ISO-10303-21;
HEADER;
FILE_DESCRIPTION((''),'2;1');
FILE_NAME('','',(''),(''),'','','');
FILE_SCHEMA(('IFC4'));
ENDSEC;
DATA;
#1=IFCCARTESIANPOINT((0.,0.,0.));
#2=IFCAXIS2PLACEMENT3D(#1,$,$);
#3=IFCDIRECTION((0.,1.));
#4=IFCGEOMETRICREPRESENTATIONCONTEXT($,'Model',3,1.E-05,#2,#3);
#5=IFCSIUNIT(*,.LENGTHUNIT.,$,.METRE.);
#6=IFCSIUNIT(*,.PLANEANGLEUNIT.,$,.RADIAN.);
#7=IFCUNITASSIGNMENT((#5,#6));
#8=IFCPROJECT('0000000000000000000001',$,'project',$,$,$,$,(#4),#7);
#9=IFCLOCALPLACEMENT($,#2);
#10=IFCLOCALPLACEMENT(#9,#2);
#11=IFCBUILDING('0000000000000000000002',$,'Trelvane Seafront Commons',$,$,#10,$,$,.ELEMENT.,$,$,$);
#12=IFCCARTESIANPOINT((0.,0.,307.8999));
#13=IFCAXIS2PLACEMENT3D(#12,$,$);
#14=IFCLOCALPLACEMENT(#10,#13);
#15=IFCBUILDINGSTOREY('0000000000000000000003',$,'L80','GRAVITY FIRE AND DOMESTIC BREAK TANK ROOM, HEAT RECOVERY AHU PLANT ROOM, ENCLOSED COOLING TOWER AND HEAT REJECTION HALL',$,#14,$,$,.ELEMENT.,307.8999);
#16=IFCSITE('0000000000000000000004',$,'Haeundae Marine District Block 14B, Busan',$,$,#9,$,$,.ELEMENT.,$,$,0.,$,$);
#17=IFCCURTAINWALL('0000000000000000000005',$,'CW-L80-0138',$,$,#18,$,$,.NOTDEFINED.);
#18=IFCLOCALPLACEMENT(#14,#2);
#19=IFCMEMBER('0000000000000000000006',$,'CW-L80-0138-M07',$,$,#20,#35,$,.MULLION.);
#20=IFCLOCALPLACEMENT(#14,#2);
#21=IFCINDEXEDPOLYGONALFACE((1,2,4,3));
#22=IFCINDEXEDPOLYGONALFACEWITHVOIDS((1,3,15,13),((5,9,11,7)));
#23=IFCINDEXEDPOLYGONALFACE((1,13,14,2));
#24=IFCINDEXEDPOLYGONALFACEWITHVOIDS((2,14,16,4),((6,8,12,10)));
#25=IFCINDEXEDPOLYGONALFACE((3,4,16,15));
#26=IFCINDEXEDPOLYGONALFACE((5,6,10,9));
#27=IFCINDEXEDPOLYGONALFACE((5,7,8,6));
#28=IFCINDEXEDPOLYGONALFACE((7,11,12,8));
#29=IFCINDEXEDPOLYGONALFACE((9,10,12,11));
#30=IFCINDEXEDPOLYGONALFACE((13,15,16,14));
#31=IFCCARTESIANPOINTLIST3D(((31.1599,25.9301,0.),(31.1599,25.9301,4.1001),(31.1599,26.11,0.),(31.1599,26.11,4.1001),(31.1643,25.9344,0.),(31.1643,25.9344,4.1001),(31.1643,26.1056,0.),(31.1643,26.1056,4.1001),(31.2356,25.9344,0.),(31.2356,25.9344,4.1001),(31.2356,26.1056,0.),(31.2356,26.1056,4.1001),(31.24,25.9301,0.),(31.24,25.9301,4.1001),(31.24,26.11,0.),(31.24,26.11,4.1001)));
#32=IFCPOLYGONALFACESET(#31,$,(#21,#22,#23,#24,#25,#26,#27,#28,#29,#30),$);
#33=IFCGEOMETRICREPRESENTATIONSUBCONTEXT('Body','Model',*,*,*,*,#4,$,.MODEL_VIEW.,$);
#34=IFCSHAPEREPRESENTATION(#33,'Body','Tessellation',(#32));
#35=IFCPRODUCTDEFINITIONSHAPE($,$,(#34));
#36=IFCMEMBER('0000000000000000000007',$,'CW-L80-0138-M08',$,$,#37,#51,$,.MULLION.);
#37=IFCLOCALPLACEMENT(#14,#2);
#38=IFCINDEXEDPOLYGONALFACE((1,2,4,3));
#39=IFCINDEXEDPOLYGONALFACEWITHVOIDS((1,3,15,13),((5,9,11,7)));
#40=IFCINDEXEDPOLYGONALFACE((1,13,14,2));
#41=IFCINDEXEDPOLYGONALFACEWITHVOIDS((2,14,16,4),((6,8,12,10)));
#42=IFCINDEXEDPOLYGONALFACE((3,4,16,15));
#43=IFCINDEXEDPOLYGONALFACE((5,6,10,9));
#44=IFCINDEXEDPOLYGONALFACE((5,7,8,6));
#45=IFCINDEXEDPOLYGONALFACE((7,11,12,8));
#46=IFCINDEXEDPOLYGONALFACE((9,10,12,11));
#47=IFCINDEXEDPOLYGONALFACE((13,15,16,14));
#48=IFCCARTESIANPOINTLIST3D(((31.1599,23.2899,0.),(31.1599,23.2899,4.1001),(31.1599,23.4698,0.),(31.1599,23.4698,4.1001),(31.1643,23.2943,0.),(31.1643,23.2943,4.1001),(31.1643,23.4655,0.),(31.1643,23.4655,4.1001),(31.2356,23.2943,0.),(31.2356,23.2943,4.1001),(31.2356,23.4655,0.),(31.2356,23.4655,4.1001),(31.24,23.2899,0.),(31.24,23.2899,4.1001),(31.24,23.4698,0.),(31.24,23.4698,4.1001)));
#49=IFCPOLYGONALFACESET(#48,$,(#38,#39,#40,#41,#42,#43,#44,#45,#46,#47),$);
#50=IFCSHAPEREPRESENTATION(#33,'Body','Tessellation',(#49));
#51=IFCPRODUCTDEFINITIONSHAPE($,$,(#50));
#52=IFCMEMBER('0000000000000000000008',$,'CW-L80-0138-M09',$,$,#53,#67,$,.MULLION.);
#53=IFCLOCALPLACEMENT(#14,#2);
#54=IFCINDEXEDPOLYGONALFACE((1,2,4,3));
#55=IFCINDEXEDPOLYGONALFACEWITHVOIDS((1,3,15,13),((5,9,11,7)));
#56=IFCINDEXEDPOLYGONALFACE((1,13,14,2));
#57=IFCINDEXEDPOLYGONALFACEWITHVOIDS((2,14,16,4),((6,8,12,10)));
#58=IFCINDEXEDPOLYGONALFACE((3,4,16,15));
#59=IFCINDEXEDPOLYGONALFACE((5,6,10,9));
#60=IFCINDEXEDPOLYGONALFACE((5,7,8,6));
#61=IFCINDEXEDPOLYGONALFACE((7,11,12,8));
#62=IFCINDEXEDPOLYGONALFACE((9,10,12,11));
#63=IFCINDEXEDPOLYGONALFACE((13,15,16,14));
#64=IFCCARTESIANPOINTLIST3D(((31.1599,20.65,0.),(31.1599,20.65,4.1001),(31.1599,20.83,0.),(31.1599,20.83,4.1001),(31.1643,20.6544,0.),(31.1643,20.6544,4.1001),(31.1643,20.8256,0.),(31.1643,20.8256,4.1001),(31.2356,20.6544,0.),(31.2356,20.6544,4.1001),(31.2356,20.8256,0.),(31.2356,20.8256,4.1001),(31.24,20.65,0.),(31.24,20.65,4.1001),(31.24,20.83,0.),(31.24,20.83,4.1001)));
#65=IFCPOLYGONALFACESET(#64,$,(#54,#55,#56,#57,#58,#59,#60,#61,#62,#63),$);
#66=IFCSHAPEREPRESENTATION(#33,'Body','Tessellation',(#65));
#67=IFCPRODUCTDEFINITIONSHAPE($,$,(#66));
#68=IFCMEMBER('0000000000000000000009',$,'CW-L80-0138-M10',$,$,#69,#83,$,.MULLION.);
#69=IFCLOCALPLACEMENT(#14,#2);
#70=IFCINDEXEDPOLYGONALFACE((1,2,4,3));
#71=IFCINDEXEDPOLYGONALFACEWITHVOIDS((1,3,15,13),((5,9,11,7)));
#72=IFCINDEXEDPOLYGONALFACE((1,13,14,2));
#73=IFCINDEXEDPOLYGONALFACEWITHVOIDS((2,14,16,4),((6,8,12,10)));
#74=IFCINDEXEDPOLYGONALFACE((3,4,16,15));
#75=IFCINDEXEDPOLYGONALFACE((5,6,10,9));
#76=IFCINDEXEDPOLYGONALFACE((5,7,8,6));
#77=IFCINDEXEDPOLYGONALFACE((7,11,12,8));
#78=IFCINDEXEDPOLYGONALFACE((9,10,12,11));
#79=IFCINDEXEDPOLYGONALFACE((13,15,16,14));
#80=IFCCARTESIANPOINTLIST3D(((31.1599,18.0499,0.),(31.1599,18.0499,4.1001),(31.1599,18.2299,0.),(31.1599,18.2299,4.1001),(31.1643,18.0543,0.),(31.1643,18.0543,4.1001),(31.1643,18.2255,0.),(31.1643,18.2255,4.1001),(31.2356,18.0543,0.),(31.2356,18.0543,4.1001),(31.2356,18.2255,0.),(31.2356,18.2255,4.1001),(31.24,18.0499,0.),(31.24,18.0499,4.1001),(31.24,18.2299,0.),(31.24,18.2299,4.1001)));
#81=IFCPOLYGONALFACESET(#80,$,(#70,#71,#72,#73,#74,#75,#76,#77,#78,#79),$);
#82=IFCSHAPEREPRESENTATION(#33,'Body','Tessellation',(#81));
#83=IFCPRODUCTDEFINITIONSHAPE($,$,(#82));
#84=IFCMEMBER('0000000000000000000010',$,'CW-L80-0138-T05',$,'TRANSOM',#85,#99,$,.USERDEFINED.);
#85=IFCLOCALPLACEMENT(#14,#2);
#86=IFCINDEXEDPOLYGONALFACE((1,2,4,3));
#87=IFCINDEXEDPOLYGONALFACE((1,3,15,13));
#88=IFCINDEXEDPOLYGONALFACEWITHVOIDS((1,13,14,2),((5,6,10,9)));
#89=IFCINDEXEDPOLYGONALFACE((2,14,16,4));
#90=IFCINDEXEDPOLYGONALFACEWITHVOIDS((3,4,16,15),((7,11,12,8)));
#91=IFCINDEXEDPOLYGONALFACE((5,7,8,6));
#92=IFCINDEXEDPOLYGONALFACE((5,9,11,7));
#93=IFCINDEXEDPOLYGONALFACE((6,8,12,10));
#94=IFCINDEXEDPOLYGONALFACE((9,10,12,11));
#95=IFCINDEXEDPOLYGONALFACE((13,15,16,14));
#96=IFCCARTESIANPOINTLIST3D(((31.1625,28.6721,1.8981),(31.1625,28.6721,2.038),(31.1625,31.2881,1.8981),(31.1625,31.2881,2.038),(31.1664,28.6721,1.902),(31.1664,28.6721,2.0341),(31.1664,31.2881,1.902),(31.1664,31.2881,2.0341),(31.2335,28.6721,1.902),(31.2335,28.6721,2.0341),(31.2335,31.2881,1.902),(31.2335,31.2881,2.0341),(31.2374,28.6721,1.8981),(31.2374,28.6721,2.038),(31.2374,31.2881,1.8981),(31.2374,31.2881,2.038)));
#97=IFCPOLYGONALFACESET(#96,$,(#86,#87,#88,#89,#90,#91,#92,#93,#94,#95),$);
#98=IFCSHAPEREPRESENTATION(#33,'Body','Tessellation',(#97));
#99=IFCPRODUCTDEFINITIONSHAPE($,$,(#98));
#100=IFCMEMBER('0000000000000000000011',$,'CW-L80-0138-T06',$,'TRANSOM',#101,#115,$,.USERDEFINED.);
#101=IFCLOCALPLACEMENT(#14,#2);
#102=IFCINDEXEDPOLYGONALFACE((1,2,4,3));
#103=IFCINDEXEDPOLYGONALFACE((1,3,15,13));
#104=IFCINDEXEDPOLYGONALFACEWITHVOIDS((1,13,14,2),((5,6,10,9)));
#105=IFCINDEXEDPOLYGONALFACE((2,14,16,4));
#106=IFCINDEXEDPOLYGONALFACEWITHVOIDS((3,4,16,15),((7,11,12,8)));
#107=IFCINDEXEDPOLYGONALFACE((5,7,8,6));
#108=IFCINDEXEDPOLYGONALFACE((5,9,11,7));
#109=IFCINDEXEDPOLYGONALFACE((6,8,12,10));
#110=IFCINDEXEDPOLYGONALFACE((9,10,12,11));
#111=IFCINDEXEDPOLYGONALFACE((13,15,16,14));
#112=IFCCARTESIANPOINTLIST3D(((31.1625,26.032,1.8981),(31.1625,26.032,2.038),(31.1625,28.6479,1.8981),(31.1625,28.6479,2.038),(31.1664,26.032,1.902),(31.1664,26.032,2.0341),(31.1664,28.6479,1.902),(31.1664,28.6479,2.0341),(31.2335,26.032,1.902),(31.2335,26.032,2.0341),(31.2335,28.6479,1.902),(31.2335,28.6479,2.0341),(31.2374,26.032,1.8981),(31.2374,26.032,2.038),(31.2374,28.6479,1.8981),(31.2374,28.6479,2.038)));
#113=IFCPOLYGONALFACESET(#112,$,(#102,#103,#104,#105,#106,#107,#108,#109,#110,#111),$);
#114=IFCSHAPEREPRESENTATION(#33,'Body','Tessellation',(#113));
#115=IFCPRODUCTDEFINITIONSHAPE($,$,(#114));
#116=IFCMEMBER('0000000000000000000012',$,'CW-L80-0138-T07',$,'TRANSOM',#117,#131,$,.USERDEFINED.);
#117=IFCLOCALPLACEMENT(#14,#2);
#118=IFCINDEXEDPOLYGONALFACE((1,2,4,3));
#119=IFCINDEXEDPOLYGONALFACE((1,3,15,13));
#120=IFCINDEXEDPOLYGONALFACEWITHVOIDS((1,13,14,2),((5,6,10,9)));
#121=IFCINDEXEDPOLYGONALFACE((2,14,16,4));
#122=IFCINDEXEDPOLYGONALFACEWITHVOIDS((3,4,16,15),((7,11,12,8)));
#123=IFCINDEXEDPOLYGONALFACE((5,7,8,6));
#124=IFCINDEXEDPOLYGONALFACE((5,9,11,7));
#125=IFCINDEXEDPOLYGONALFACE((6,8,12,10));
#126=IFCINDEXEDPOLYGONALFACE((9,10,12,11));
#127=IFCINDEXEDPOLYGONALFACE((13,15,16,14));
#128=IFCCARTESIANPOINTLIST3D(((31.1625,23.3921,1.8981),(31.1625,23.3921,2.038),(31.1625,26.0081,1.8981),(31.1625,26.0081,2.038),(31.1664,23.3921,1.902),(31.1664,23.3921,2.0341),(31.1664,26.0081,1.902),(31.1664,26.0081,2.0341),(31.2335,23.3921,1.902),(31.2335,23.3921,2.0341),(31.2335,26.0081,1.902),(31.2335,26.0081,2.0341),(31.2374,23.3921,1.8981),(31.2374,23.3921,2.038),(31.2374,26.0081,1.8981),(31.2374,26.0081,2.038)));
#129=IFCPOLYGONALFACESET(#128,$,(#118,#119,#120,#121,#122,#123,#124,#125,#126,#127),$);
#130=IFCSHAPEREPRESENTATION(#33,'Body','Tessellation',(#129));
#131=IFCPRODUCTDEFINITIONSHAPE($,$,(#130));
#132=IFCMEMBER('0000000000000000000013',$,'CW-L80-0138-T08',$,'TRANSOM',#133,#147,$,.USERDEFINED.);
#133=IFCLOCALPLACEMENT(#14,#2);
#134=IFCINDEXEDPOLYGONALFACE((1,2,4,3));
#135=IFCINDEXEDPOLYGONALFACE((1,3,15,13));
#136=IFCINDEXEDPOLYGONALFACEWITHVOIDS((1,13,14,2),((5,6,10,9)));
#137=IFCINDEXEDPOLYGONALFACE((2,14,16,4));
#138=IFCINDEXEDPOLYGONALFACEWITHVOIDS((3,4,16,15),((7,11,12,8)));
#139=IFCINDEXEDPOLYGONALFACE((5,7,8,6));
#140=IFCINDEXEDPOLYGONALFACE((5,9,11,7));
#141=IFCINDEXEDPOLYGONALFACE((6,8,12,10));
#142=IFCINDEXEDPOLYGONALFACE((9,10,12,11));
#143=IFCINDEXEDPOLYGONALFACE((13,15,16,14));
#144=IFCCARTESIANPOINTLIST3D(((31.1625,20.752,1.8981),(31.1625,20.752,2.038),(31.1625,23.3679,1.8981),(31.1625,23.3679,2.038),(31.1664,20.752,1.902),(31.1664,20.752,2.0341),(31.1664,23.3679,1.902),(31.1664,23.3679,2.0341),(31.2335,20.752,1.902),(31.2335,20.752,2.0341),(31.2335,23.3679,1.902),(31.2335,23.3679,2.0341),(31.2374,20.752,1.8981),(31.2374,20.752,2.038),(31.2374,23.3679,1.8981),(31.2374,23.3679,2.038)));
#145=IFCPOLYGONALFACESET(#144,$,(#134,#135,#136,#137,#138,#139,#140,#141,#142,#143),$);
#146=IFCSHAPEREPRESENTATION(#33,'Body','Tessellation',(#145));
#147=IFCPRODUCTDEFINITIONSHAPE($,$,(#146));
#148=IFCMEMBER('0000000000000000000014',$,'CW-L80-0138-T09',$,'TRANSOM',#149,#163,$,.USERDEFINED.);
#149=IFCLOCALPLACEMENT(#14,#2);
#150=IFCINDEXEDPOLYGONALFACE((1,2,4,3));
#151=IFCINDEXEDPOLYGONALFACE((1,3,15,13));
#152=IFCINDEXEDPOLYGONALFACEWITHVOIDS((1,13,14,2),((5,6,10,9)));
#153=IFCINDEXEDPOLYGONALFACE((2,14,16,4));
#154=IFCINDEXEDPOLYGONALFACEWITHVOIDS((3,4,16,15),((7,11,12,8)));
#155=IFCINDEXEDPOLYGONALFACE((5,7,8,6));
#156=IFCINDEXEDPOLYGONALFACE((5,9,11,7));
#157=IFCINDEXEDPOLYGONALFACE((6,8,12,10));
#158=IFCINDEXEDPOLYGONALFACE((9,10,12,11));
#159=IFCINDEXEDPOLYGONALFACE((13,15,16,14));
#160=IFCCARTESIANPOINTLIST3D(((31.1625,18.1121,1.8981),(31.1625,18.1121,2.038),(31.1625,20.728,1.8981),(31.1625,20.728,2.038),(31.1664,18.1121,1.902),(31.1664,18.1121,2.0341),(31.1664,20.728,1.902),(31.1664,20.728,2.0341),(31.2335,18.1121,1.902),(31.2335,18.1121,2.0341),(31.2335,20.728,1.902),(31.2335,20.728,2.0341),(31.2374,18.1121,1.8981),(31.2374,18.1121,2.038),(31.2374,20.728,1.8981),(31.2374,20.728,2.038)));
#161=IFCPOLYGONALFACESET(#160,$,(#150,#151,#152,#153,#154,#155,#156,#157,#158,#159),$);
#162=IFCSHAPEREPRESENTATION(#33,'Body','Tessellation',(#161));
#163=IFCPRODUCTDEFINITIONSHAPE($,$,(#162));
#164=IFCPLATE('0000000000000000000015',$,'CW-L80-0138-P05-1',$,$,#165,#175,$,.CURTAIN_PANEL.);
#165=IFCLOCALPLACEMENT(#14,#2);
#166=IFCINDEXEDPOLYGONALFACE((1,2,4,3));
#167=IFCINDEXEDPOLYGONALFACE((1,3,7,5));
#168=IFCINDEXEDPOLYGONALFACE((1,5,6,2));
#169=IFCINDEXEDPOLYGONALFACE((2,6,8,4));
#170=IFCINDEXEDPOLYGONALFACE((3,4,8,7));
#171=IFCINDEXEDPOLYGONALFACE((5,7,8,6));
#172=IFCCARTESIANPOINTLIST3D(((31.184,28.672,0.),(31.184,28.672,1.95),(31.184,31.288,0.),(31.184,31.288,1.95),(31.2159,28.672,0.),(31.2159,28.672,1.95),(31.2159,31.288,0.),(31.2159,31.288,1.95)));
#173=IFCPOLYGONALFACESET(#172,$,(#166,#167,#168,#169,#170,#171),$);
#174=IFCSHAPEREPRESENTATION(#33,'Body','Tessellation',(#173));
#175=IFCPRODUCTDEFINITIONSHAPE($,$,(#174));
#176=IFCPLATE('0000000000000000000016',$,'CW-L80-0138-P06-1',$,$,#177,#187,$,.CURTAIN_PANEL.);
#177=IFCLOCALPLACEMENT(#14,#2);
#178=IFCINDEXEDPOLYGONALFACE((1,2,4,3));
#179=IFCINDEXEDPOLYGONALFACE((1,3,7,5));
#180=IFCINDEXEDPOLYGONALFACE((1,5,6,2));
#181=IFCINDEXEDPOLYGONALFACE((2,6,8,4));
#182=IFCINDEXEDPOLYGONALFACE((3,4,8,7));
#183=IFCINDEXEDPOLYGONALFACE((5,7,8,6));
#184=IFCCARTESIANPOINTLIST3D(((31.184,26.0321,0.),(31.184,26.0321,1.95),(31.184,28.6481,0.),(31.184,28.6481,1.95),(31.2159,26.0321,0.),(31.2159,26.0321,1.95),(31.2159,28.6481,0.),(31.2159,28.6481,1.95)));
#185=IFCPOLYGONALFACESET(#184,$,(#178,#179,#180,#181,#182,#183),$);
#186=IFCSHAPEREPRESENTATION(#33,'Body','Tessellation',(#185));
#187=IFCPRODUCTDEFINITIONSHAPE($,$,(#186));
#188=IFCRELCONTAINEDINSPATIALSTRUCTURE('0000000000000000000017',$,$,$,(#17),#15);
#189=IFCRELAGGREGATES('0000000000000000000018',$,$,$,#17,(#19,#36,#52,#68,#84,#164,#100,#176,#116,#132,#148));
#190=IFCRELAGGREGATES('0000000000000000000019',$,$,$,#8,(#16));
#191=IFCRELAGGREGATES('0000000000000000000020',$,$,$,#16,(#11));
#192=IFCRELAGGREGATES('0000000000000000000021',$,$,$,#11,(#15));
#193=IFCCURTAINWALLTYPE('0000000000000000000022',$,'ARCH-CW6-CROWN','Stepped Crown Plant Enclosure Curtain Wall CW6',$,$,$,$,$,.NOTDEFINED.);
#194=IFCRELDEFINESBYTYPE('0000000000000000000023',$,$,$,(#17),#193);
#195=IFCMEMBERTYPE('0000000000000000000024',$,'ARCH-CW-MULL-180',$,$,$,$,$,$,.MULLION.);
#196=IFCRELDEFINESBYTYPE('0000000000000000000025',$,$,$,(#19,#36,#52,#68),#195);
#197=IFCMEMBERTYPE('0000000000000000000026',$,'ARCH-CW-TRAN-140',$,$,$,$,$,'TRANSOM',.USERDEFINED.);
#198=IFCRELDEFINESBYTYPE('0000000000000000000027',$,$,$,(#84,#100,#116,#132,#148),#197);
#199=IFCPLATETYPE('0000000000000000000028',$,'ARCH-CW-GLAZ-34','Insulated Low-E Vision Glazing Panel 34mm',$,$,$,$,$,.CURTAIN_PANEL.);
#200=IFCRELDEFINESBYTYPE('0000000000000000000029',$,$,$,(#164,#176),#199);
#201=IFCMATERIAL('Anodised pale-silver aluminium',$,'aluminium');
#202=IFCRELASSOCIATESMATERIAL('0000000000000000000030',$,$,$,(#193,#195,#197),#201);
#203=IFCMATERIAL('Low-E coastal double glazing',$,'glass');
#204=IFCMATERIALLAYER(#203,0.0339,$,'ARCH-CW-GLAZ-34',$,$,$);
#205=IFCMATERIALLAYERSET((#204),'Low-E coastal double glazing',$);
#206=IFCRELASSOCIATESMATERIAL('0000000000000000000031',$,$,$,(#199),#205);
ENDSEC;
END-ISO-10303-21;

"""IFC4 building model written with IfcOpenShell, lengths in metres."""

from ifc_helpers import new_model, si_unit, direction, frame, origin, origin_2d, place, context, subcontext, project, spatial, rectangle, hollow_rectangle, extrude, source, transform, mapped, material, layer, layer_set, material_profile, profile_set, type_object, element, aggregate, save


model = new_model("IFC4")

# Units and contexts
model_context = context("Model", 3, precision=1e-05, world=origin(), true_north=direction((0.0, 1.0)))
body_context = subcontext(model_context, "Body", "Model", "MODEL_VIEW")
ifc_project = project(units=[si_unit("LENGTHUNIT", "METRE"), si_unit("PLANEANGLEUNIT", "RADIAN")], contexts=[model_context])

# Site, building, storey
site_placement = place(None, origin())
site = spatial("IfcSite", under=ifc_project, at=site_placement, Name="Haeundae Marine District Block 14B, Busan", CompositionType="ELEMENT", RefElevation=0.0)
building_placement = place(site_placement, origin())
building = spatial("IfcBuilding", under=site, at=building_placement, Name="Trelvane Seafront Commons", CompositionType="ELEMENT")
storey_placement = place(building_placement, frame((0.0, 0.0, 307.8999)))
storey = spatial("IfcBuildingStorey", under=building, at=storey_placement, Name="L80", Description="GRAVITY FIRE AND DOMESTIC BREAK TANK ROOM, HEAT RECOVERY AHU PLANT ROOM, ENCLOSED COOLING TOWER AND HEAT REJECTION HALL", CompositionType="ELEMENT", Elevation=307.8999)

# Curtain wall, members, plates
ifc_material_1 = material(Name="Anodised pale-silver aluminium", Category="aluminium")
curtain_wall_type = type_object("IfcCurtainWallType", Name="ARCH-CW6-CROWN", Description="Stepped Crown Plant Enclosure Curtain Wall CW6", PredefinedType="NOTDEFINED", material=ifc_material_1)
curtain_wall_placement = place(storey_placement, origin())
curtain_wall = element("IfcCurtainWall", 1, at=curtain_wall_placement, inside=storey, type_object=curtain_wall_type, Name="CW-L80-0138", PredefinedType="NOTDEFINED")
ifc_material_profile_1 = material_profile(ifc_material_1, hollow_rectangle(XDim=0.0801, YDim=0.1799, WallThickness=0.0044, at=origin_2d()), Name="MULL-80x180x4.5")
ifc_profile_set_1 = profile_set([ifc_material_profile_1], Name="Anodised pale-silver aluminium")
member_type_1 = type_object("IfcMemberType", Name="ARCH-CW-MULL-180", PredefinedType="MULLION", material=ifc_profile_set_1)
shared_shape_1 = source(origin(), body_context, "Body", "SweptSolid", [
    extrude(hollow_rectangle(XDim=0.0801, YDim=0.1799, WallThickness=0.0044, at=origin_2d()), origin(), (0.0, 0.0, 1.0), 4.1001),
])
member_1_placement = place(storey_placement, frame((31.2, 26.02, 0.0), z_axis=(0.0, 0.0, 1.0), x_axis=(1.0, 0.0, 0.0)))
member_1 = element("IfcMember", 2, at=member_1_placement, type_object=member_type_1, Name="CW-L80-0138-M07", PredefinedType="MULLION", context=body_context, shape_type="MappedRepresentation", body=[
    mapped(shared_shape_1, transform((0.0, 0.0, 0.0), x_axis=(1.0, 0.0, 0.0), y_axis=(0.0, 1.0, 0.0), z_axis=(0.0, 0.0, 1.0), scale=1.0)),
])
member_2_placement = place(storey_placement, frame((31.2, 23.3799, 0.0), z_axis=(0.0, 0.0, 1.0), x_axis=(1.0, 0.0, 0.0)))
member_2 = element("IfcMember", 3, at=member_2_placement, type_object=member_type_1, Name="CW-L80-0138-M08", PredefinedType="MULLION", context=body_context, shape_type="MappedRepresentation", body=[
    mapped(shared_shape_1, transform((0.0, 0.0, 0.0), x_axis=(1.0, 0.0, 0.0), y_axis=(0.0, 1.0, 0.0), z_axis=(0.0, 0.0, 1.0), scale=1.0)),
])
member_3_placement = place(storey_placement, frame((31.2, 20.74, 0.0), z_axis=(0.0, 0.0, 1.0), x_axis=(1.0, 0.0, 0.0)))
member_3 = element("IfcMember", 4, at=member_3_placement, type_object=member_type_1, Name="CW-L80-0138-M09", PredefinedType="MULLION", context=body_context, shape_type="MappedRepresentation", body=[
    mapped(shared_shape_1, transform((0.0, 0.0, 0.0), x_axis=(1.0, 0.0, 0.0), y_axis=(0.0, 1.0, 0.0), z_axis=(0.0, 0.0, 1.0), scale=1.0)),
])
member_4_placement = place(storey_placement, frame((31.2, 18.1399, 0.0), z_axis=(0.0, 0.0, 1.0), x_axis=(1.0, 0.0, 0.0)))
member_4 = element("IfcMember", 5, at=member_4_placement, type_object=member_type_1, Name="CW-L80-0138-M10", PredefinedType="MULLION", context=body_context, shape_type="MappedRepresentation", body=[
    mapped(shared_shape_1, transform((0.0, 0.0, 0.0), x_axis=(1.0, 0.0, 0.0), y_axis=(0.0, 1.0, 0.0), z_axis=(0.0, 0.0, 1.0), scale=1.0)),
])
ifc_material_profile_2 = material_profile(ifc_material_1, hollow_rectangle(XDim=0.075, YDim=0.1399, WallThickness=0.0039, at=origin_2d()), Name="TRAN-75x140x4")
ifc_profile_set_2 = profile_set([ifc_material_profile_2], Name="Anodised pale-silver aluminium")
member_type_2 = type_object("IfcMemberType", Name="ARCH-CW-TRAN-140", ElementType="TRANSOM", PredefinedType="USERDEFINED", material=ifc_profile_set_2)
shared_shape_2 = source(origin(), body_context, "Body", "SweptSolid", [
    extrude(hollow_rectangle(XDim=0.075, YDim=0.1399, WallThickness=0.0039, at=origin_2d()), origin(), (0.0, 0.0, 1.0), 2.616),
])
member_5_placement = place(storey_placement, frame((31.2, 31.2881, 1.968), z_axis=(0.0, -1.0, 0.0), x_axis=(1.0, 0.0, 0.0)))
member_5 = element("IfcMember", 6, at=member_5_placement, type_object=member_type_2, Name="CW-L80-0138-T05", ObjectType="TRANSOM", PredefinedType="USERDEFINED", context=body_context, shape_type="MappedRepresentation", body=[
    mapped(shared_shape_2, transform((0.0, 0.0, 0.0), x_axis=(1.0, 0.0, 0.0), y_axis=(0.0, 1.0, 0.0), z_axis=(0.0, 0.0, 1.0), scale=1.0)),
])
member_6_placement = place(storey_placement, frame((31.2, 28.6479, 1.968), z_axis=(0.0, -1.0, 0.0), x_axis=(1.0, 0.0, 0.0)))
member_6 = element("IfcMember", 7, at=member_6_placement, type_object=member_type_2, Name="CW-L80-0138-T06", ObjectType="TRANSOM", PredefinedType="USERDEFINED", context=body_context, shape_type="MappedRepresentation", body=[
    mapped(shared_shape_2, transform((0.0, 0.0, 0.0), x_axis=(1.0, 0.0, 0.0), y_axis=(0.0, 1.0, 0.0), z_axis=(0.0, 0.0, 1.0), scale=1.0)),
])
member_7_placement = place(storey_placement, frame((31.2, 26.0081, 1.968), z_axis=(0.0, -1.0, 0.0), x_axis=(1.0, 0.0, 0.0)))
member_7 = element("IfcMember", 8, at=member_7_placement, type_object=member_type_2, Name="CW-L80-0138-T07", ObjectType="TRANSOM", PredefinedType="USERDEFINED", context=body_context, shape_type="MappedRepresentation", body=[
    mapped(shared_shape_2, transform((0.0, 0.0, 0.0), x_axis=(1.0, 0.0, 0.0), y_axis=(0.0, 1.0, 0.0), z_axis=(0.0, 0.0, 1.0), scale=1.0)),
])
member_8_placement = place(storey_placement, frame((31.2, 23.3679, 1.968), z_axis=(0.0, -1.0, 0.0), x_axis=(1.0, 0.0, 0.0)))
member_8 = element("IfcMember", 9, at=member_8_placement, type_object=member_type_2, Name="CW-L80-0138-T08", ObjectType="TRANSOM", PredefinedType="USERDEFINED", context=body_context, shape_type="MappedRepresentation", body=[
    mapped(shared_shape_2, transform((0.0, 0.0, 0.0), x_axis=(1.0, 0.0, 0.0), y_axis=(0.0, 1.0, 0.0), z_axis=(0.0, 0.0, 1.0), scale=1.0)),
])
member_9_placement = place(storey_placement, frame((31.2, 20.728, 1.968), z_axis=(0.0, -1.0, 0.0), x_axis=(1.0, 0.0, 0.0)))
member_9 = element("IfcMember", 10, at=member_9_placement, type_object=member_type_2, Name="CW-L80-0138-T09", ObjectType="TRANSOM", PredefinedType="USERDEFINED", context=body_context, shape_type="MappedRepresentation", body=[
    mapped(shared_shape_2, transform((0.0, 0.0, 0.0), x_axis=(1.0, 0.0, 0.0), y_axis=(0.0, 1.0, 0.0), z_axis=(0.0, 0.0, 1.0), scale=1.0)),
])
ifc_material_2 = material(Name="Low-E coastal double glazing", Category="glass")
ifc_layer_1 = layer(ifc_material_2, 0.0339, Name="ARCH-CW-GLAZ-34")
ifc_layer_set_1 = layer_set([ifc_layer_1], Name="Low-E coastal double glazing")
plate_type = type_object("IfcPlateType", Name="ARCH-CW-GLAZ-34", Description="Insulated Low-E Vision Glazing Panel 34mm", PredefinedType="CURTAIN_PANEL", material=ifc_layer_set_1)
shared_shape_3 = source(origin(), body_context, "Body", "SweptSolid", [
    extrude(rectangle(XDim=2.616, YDim=0.032, at=origin_2d()), origin(), (0.0, 0.0, 1.0), 1.95),
])
plate_1_placement = place(storey_placement, frame((31.2, 29.98, 0.0), z_axis=(0.0, 0.0, 1.0), x_axis=(0.0, -1.0, 0.0)))
plate_1 = element("IfcPlate", 11, at=plate_1_placement, type_object=plate_type, Name="CW-L80-0138-P05-1", PredefinedType="CURTAIN_PANEL", context=body_context, shape_type="MappedRepresentation", body=[
    mapped(shared_shape_3, transform((0.0, 0.0, 0.0), x_axis=(1.0, 0.0, 0.0), y_axis=(0.0, 1.0, 0.0), z_axis=(0.0, 0.0, 1.0), scale=1.0)),
])
plate_2_placement = place(storey_placement, frame((31.2, 27.3401, 0.0), z_axis=(0.0, 0.0, 1.0), x_axis=(0.0, -1.0, 0.0)))
plate_2 = element("IfcPlate", 12, at=plate_2_placement, type_object=plate_type, Name="CW-L80-0138-P06-1", PredefinedType="CURTAIN_PANEL", context=body_context, shape_type="MappedRepresentation", body=[
    mapped(shared_shape_3, transform((0.0, 0.0, 0.0), x_axis=(1.0, 0.0, 0.0), y_axis=(0.0, 1.0, 0.0), z_axis=(0.0, 0.0, 1.0), scale=1.0)),
])
aggregate(curtain_wall, [member_1, member_2, member_3, member_4, member_5, plate_1, member_6, plate_2, member_7, member_8, member_9])

save(model, "model.ifc")
